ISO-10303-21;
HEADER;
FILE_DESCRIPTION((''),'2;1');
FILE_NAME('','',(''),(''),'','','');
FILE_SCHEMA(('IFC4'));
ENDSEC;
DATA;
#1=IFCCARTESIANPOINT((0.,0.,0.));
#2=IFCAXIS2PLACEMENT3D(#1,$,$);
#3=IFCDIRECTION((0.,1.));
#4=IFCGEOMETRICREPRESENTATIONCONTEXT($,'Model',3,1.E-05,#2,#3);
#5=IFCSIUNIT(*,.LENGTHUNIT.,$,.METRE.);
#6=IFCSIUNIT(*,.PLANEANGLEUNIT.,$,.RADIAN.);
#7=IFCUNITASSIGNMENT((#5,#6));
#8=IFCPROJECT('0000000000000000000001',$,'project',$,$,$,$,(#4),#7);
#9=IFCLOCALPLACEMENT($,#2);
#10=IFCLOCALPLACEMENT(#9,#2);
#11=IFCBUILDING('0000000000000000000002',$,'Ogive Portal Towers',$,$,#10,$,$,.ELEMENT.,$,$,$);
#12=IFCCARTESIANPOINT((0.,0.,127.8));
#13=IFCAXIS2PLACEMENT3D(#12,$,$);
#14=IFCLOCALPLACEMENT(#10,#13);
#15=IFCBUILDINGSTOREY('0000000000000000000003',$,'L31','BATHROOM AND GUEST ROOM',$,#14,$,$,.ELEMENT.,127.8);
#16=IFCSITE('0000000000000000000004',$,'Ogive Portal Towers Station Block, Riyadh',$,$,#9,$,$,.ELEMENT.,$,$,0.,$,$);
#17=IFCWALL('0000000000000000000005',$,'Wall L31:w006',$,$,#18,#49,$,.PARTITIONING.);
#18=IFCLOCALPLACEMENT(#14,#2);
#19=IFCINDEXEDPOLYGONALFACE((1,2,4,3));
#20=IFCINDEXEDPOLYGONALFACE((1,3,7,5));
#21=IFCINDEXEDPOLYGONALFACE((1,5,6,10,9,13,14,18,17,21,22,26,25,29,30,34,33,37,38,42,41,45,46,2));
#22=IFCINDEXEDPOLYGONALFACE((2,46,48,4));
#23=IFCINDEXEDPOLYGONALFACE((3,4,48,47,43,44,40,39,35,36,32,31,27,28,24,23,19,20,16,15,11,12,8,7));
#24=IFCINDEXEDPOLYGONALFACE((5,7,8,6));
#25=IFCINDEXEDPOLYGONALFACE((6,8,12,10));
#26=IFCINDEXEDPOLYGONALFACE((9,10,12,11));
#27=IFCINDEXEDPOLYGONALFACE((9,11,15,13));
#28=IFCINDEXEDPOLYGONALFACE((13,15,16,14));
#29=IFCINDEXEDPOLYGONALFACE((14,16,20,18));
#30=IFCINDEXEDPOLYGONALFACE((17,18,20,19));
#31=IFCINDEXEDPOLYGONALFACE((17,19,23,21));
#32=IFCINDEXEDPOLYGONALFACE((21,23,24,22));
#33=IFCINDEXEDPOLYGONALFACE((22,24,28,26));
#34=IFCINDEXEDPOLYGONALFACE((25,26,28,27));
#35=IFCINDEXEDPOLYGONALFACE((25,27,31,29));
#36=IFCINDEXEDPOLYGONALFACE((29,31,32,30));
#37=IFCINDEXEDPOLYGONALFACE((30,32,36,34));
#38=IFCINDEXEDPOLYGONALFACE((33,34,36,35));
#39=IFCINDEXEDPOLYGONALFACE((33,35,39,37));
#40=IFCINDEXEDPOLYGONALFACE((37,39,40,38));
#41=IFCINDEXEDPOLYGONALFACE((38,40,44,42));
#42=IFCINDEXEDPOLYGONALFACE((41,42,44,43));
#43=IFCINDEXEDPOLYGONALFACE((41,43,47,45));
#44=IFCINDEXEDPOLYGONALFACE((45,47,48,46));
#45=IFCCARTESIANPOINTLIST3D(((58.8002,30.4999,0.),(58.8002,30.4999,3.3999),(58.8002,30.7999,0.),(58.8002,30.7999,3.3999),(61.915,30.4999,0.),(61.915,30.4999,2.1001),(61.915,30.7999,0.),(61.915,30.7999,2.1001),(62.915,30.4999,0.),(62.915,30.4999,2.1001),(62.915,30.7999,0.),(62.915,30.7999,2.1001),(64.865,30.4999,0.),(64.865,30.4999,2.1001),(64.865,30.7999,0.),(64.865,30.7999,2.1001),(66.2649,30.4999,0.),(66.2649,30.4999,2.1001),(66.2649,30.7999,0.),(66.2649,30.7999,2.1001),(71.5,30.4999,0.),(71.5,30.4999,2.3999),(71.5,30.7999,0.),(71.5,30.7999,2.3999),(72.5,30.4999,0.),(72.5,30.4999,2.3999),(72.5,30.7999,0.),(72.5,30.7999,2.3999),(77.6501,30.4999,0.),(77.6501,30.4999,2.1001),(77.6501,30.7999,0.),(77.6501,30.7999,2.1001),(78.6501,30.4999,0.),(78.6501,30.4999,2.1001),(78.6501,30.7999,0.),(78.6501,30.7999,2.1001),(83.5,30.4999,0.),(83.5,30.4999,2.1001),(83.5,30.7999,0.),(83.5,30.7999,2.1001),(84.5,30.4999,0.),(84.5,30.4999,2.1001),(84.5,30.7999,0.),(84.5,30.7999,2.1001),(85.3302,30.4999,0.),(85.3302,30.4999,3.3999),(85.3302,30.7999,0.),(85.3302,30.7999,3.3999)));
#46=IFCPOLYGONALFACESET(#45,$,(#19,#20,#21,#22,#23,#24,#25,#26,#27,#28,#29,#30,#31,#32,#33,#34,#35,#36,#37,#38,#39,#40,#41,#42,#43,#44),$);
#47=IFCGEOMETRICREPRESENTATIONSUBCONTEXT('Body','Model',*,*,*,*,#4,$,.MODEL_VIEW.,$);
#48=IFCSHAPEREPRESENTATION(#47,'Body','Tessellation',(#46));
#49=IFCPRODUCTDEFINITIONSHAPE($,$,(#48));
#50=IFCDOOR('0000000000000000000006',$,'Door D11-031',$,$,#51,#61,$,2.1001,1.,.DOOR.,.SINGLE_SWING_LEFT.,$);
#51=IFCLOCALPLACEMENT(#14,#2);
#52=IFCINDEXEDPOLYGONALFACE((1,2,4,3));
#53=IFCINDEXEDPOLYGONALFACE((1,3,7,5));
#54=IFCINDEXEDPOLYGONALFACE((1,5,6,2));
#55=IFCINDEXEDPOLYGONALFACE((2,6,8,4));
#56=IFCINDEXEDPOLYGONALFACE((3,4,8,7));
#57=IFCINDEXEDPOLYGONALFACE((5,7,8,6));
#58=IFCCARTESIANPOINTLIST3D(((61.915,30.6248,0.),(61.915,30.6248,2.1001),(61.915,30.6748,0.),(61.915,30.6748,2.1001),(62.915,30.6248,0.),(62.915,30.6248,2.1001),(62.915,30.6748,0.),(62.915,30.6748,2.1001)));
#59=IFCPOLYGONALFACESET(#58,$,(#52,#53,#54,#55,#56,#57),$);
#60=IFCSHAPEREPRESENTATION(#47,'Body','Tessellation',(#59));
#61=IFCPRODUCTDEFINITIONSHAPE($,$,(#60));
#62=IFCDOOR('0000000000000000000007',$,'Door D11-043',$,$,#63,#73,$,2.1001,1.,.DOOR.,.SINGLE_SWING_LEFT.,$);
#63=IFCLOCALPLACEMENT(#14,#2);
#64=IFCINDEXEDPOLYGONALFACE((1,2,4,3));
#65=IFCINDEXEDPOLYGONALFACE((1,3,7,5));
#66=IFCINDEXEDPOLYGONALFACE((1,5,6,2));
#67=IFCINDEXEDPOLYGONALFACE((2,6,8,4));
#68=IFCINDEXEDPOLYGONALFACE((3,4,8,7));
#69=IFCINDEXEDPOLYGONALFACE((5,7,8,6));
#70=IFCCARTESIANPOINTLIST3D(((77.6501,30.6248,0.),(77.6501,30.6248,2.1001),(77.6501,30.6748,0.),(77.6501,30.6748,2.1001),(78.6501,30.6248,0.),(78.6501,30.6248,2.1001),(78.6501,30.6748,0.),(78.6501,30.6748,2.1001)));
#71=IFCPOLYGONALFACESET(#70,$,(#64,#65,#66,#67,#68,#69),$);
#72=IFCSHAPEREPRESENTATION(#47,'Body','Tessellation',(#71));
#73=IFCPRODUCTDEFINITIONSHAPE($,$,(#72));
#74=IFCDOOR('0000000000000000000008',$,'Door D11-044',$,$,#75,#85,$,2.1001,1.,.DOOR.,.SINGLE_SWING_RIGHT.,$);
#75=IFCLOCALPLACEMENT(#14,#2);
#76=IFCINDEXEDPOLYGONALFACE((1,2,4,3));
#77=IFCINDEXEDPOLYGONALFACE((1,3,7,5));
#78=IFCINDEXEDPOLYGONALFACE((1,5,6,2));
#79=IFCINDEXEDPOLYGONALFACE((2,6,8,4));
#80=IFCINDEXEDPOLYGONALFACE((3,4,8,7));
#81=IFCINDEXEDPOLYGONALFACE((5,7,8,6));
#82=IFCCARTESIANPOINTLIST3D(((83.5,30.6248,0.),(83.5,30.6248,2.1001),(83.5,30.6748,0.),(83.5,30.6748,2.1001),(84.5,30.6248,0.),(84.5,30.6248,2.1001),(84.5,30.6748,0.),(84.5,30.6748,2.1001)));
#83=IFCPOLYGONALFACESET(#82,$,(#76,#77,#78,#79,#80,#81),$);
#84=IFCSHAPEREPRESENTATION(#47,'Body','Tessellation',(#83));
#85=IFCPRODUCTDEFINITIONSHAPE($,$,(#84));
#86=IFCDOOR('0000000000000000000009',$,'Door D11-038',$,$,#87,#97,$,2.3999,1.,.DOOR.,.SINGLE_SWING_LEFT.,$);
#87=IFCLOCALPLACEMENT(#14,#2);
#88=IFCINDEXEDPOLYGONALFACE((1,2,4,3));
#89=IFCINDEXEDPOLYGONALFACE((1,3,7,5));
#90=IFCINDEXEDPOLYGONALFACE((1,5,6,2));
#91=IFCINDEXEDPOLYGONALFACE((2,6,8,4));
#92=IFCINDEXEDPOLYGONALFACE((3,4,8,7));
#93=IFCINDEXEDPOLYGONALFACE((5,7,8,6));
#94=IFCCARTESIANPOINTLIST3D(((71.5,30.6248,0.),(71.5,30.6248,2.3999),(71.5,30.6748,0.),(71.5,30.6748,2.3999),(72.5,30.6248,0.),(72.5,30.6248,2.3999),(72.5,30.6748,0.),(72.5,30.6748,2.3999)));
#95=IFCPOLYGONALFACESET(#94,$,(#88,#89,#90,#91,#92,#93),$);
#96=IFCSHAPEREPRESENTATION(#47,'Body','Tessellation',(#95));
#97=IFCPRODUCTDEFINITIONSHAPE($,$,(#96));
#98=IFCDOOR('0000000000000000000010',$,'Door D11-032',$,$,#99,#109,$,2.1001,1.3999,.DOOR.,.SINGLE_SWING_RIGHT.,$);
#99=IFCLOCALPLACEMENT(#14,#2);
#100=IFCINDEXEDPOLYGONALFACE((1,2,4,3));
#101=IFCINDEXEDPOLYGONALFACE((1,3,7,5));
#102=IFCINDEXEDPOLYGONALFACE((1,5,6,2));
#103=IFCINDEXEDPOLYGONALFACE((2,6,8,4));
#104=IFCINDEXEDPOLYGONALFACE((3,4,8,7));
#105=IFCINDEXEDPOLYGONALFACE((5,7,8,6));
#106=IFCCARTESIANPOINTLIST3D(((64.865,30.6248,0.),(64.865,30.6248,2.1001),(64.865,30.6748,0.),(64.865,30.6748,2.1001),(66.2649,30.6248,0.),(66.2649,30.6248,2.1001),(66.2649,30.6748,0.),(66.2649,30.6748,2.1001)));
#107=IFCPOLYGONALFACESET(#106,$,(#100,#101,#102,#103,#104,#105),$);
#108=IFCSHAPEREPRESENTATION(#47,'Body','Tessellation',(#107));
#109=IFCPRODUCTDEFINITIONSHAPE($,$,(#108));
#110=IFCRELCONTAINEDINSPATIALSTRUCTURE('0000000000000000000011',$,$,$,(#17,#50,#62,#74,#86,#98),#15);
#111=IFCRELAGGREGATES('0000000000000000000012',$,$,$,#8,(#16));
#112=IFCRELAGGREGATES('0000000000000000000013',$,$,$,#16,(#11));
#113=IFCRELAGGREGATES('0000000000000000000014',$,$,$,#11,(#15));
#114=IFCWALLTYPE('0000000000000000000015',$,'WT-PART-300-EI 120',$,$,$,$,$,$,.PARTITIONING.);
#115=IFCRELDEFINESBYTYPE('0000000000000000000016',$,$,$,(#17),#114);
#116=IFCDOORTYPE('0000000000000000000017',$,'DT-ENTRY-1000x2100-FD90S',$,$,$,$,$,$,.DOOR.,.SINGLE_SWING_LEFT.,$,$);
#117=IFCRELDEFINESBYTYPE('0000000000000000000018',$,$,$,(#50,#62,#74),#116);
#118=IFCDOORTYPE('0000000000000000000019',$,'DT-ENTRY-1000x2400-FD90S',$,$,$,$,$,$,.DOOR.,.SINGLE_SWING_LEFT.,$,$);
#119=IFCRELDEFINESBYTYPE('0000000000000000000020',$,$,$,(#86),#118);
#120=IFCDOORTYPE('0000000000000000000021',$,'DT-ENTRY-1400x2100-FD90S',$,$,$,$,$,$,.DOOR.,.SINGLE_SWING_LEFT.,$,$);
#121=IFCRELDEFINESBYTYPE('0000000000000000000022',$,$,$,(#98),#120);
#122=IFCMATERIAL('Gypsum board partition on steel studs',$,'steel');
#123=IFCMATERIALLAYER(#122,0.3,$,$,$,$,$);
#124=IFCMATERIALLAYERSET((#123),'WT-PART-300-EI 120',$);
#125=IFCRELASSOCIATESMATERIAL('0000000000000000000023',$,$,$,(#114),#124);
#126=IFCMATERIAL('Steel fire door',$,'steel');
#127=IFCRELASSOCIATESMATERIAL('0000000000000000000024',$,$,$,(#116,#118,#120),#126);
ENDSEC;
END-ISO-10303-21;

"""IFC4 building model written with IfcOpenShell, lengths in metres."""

from ifc_helpers import new_model, si_unit, direction, frame, frame_2d, origin, place, context, subcontext, project, spatial, rectangle, extrude, material, layer, layer_set, type_object, element, fill, save


model = new_model("IFC4")

# Units and contexts
model_context = context("Model", 3, precision=1e-05, world=origin(), true_north=direction((0.0, 1.0)))
body_context = subcontext(model_context, "Body", "Model", "MODEL_VIEW")
ifc_project = project(units=[si_unit("LENGTHUNIT", "METRE"), si_unit("PLANEANGLEUNIT", "RADIAN")], contexts=[model_context])

# Site, building, storey
site_placement = place(None, origin())
site = spatial("IfcSite", under=ifc_project, at=site_placement, Name="Ogive Portal Towers Station Block, Riyadh", CompositionType="ELEMENT", RefElevation=0.0)
building_placement = place(site_placement, origin())
building = spatial("IfcBuilding", under=site, at=building_placement, Name="Ogive Portal Towers", CompositionType="ELEMENT")
storey_placement = place(building_placement, frame((0.0, 0.0, 127.8)))
storey = spatial("IfcBuildingStorey", under=building, at=storey_placement, Name="L31", Description="BATHROOM AND GUEST ROOM", CompositionType="ELEMENT", Elevation=127.8)

# Shared definitions
ifc_material_1 = material(Name="Steel fire door", Category="steel")
ifc_material_2 = material(Name="Gypsum board partition on steel studs", Category="steel")

# Wall, openings, doors
ifc_layer_1 = layer(ifc_material_2, 0.3)
ifc_layer_set_1 = layer_set([ifc_layer_1], Name="WT-PART-300-EI 120")
wall_type_1 = type_object("IfcWallType", Name="WT-PART-300-EI 120", PredefinedType="PARTITIONING", material=ifc_layer_set_1)
wall_1_placement = place(storey_placement, frame((58.8, 30.6499, 0.0), z_axis=(0.0, 0.0, 1.0), x_axis=(1.0, 0.0, 0.0)))
wall_1 = element("IfcWall", 1, at=wall_1_placement, inside=storey, type_object=wall_type_1, Name="Wall L31:w006", PredefinedType="PARTITIONING", context=body_context, shape_type="SweptSolid", body=[
    extrude(rectangle(XDim=26.53, YDim=0.3, at=frame_2d((13.2651, 0.0))), origin(), (0.0, 0.0, 1.0), 3.3999),
])
opening_1_placement = place(wall_1_placement, frame((3.115, 0.0, 0.0)))
opening_1 = element("IfcOpeningElement", 2, at=opening_1_placement, cuts=wall_1, PredefinedType="OPENING", context=body_context, shape_type="SweptSolid", body=[
    extrude(rectangle(XDim=1.0, YDim=2.1001, at=frame_2d((0.5, 1.05))), frame((0.0, 0.1602, 0.0), z_axis=(0.0, -1.0, 0.0), x_axis=(1.0, 0.0, 0.0)), (0.0, 0.0, 1.0), 0.3201),
])
opening_2_placement = place(wall_1_placement, frame((6.0649, 0.0, 0.0)))
opening_2 = element("IfcOpeningElement", 3, at=opening_2_placement, cuts=wall_1, PredefinedType="OPENING", context=body_context, shape_type="SweptSolid", body=[
    extrude(rectangle(XDim=1.3999, YDim=2.1001, at=frame_2d((0.7, 1.05))), frame((0.0, 0.1602, 0.0), z_axis=(0.0, -1.0, 0.0), x_axis=(1.0, 0.0, 0.0)), (0.0, 0.0, 1.0), 0.3201),
])
opening_3_placement = place(wall_1_placement, frame((12.7, 0.0, 0.0)))
opening_3 = element("IfcOpeningElement", 4, at=opening_3_placement, cuts=wall_1, PredefinedType="OPENING", context=body_context, shape_type="SweptSolid", body=[
    extrude(rectangle(XDim=1.0, YDim=2.3999, at=frame_2d((0.5, 1.2))), frame((0.0, 0.1602, 0.0), z_axis=(0.0, -1.0, 0.0), x_axis=(1.0, 0.0, 0.0)), (0.0, 0.0, 1.0), 0.3201),
])
opening_4_placement = place(wall_1_placement, frame((18.8501, 0.0, 0.0)))
opening_4 = element("IfcOpeningElement", 5, at=opening_4_placement, cuts=wall_1, PredefinedType="OPENING", context=body_context, shape_type="SweptSolid", body=[
    extrude(rectangle(XDim=1.0, YDim=2.1001, at=frame_2d((0.5, 1.05))), frame((0.0, 0.1602, 0.0), z_axis=(0.0, -1.0, 0.0), x_axis=(1.0, 0.0, 0.0)), (0.0, 0.0, 1.0), 0.3201),
])
opening_5_placement = place(wall_1_placement, frame((24.7, 0.0, 0.0)))
opening_5 = element("IfcOpeningElement", 6, at=opening_5_placement, cuts=wall_1, PredefinedType="OPENING", context=body_context, shape_type="SweptSolid", body=[
    extrude(rectangle(XDim=1.0, YDim=2.1001, at=frame_2d((0.5, 1.05))), frame((0.0, 0.1602, 0.0), z_axis=(0.0, -1.0, 0.0), x_axis=(1.0, 0.0, 0.0)), (0.0, 0.0, 1.0), 0.3201),
])
door_type_1 = type_object("IfcDoorType", Name="DT-ENTRY-1000x2100-FD90S", OperationType="SINGLE_SWING_LEFT", PredefinedType="DOOR", material=ifc_material_1)
door_1_placement = place(opening_1_placement, origin())
door_1 = element("IfcDoor", 7, at=door_1_placement, inside=storey, type_object=door_type_1, Name="Door D11-031", OperationType="SINGLE_SWING_LEFT", OverallHeight=2.1001, OverallWidth=1.0, PredefinedType="DOOR", context=body_context, shape_type="SweptSolid", body=[
    extrude(rectangle(XDim=1.0, YDim=2.1001, at=frame_2d((0.5, 1.05))), frame((0.0, 0.0249, 0.0), z_axis=(0.0, -1.0, 0.0), x_axis=(1.0, 0.0, 0.0)), (0.0, 0.0, 1.0), 0.05),
])
fill(opening_1, door_1)
door_2_placement = place(opening_4_placement, origin())
door_2 = element("IfcDoor", 8, at=door_2_placement, inside=storey, type_object=door_type_1, Name="Door D11-043", OperationType="SINGLE_SWING_LEFT", OverallHeight=2.1001, OverallWidth=1.0, PredefinedType="DOOR", context=body_context, shape_type="SweptSolid", body=[
    extrude(rectangle(XDim=1.0, YDim=2.1001, at=frame_2d((0.5, 1.05))), frame((0.0, 0.0249, 0.0), z_axis=(0.0, -1.0, 0.0), x_axis=(1.0, 0.0, 0.0)), (0.0, 0.0, 1.0), 0.05),
])
fill(opening_4, door_2)
door_3_placement = place(opening_5_placement, origin())
door_3 = element("IfcDoor", 9, at=door_3_placement, inside=storey, type_object=door_type_1, Name="Door D11-044", OperationType="SINGLE_SWING_RIGHT", OverallHeight=2.1001, OverallWidth=1.0, PredefinedType="DOOR", context=body_context, shape_type="SweptSolid", body=[
    extrude(rectangle(XDim=1.0, YDim=2.1001, at=frame_2d((0.5, 1.05))), frame((0.0, 0.0249, 0.0), z_axis=(0.0, -1.0, 0.0), x_axis=(1.0, 0.0, 0.0)), (0.0, 0.0, 1.0), 0.05),
])
fill(opening_5, door_3)
door_type_2 = type_object("IfcDoorType", Name="DT-ENTRY-1000x2400-FD90S", OperationType="SINGLE_SWING_LEFT", PredefinedType="DOOR", material=ifc_material_1)
door_4_placement = place(opening_3_placement, origin())
door_4 = element("IfcDoor", 10, at=door_4_placement, inside=storey, type_object=door_type_2, Name="Door D11-038", OperationType="SINGLE_SWING_LEFT", OverallHeight=2.3999, OverallWidth=1.0, PredefinedType="DOOR", context=body_context, shape_type="SweptSolid", body=[
    extrude(rectangle(XDim=1.0, YDim=2.3999, at=frame_2d((0.5, 1.2))), frame((0.0, 0.0249, 0.0), z_axis=(0.0, -1.0, 0.0), x_axis=(1.0, 0.0, 0.0)), (0.0, 0.0, 1.0), 0.05),
])
fill(opening_3, door_4)
door_type_3 = type_object("IfcDoorType", Name="DT-ENTRY-1400x2100-FD90S", OperationType="SINGLE_SWING_LEFT", PredefinedType="DOOR", material=ifc_material_1)
door_5_placement = place(opening_2_placement, origin())
door_5 = element("IfcDoor", 11, at=door_5_placement, inside=storey, type_object=door_type_3, Name="Door D11-032", OperationType="SINGLE_SWING_RIGHT", OverallHeight=2.1001, OverallWidth=1.3999, PredefinedType="DOOR", context=body_context, shape_type="SweptSolid", body=[
    extrude(rectangle(XDim=1.3999, YDim=2.1001, at=frame_2d((0.7, 1.05))), frame((0.0, 0.0249, 0.0), z_axis=(0.0, -1.0, 0.0), x_axis=(1.0, 0.0, 0.0)), (0.0, 0.0, 1.0), 0.05),
])
fill(opening_2, door_5)

save(model, "model.ifc")
